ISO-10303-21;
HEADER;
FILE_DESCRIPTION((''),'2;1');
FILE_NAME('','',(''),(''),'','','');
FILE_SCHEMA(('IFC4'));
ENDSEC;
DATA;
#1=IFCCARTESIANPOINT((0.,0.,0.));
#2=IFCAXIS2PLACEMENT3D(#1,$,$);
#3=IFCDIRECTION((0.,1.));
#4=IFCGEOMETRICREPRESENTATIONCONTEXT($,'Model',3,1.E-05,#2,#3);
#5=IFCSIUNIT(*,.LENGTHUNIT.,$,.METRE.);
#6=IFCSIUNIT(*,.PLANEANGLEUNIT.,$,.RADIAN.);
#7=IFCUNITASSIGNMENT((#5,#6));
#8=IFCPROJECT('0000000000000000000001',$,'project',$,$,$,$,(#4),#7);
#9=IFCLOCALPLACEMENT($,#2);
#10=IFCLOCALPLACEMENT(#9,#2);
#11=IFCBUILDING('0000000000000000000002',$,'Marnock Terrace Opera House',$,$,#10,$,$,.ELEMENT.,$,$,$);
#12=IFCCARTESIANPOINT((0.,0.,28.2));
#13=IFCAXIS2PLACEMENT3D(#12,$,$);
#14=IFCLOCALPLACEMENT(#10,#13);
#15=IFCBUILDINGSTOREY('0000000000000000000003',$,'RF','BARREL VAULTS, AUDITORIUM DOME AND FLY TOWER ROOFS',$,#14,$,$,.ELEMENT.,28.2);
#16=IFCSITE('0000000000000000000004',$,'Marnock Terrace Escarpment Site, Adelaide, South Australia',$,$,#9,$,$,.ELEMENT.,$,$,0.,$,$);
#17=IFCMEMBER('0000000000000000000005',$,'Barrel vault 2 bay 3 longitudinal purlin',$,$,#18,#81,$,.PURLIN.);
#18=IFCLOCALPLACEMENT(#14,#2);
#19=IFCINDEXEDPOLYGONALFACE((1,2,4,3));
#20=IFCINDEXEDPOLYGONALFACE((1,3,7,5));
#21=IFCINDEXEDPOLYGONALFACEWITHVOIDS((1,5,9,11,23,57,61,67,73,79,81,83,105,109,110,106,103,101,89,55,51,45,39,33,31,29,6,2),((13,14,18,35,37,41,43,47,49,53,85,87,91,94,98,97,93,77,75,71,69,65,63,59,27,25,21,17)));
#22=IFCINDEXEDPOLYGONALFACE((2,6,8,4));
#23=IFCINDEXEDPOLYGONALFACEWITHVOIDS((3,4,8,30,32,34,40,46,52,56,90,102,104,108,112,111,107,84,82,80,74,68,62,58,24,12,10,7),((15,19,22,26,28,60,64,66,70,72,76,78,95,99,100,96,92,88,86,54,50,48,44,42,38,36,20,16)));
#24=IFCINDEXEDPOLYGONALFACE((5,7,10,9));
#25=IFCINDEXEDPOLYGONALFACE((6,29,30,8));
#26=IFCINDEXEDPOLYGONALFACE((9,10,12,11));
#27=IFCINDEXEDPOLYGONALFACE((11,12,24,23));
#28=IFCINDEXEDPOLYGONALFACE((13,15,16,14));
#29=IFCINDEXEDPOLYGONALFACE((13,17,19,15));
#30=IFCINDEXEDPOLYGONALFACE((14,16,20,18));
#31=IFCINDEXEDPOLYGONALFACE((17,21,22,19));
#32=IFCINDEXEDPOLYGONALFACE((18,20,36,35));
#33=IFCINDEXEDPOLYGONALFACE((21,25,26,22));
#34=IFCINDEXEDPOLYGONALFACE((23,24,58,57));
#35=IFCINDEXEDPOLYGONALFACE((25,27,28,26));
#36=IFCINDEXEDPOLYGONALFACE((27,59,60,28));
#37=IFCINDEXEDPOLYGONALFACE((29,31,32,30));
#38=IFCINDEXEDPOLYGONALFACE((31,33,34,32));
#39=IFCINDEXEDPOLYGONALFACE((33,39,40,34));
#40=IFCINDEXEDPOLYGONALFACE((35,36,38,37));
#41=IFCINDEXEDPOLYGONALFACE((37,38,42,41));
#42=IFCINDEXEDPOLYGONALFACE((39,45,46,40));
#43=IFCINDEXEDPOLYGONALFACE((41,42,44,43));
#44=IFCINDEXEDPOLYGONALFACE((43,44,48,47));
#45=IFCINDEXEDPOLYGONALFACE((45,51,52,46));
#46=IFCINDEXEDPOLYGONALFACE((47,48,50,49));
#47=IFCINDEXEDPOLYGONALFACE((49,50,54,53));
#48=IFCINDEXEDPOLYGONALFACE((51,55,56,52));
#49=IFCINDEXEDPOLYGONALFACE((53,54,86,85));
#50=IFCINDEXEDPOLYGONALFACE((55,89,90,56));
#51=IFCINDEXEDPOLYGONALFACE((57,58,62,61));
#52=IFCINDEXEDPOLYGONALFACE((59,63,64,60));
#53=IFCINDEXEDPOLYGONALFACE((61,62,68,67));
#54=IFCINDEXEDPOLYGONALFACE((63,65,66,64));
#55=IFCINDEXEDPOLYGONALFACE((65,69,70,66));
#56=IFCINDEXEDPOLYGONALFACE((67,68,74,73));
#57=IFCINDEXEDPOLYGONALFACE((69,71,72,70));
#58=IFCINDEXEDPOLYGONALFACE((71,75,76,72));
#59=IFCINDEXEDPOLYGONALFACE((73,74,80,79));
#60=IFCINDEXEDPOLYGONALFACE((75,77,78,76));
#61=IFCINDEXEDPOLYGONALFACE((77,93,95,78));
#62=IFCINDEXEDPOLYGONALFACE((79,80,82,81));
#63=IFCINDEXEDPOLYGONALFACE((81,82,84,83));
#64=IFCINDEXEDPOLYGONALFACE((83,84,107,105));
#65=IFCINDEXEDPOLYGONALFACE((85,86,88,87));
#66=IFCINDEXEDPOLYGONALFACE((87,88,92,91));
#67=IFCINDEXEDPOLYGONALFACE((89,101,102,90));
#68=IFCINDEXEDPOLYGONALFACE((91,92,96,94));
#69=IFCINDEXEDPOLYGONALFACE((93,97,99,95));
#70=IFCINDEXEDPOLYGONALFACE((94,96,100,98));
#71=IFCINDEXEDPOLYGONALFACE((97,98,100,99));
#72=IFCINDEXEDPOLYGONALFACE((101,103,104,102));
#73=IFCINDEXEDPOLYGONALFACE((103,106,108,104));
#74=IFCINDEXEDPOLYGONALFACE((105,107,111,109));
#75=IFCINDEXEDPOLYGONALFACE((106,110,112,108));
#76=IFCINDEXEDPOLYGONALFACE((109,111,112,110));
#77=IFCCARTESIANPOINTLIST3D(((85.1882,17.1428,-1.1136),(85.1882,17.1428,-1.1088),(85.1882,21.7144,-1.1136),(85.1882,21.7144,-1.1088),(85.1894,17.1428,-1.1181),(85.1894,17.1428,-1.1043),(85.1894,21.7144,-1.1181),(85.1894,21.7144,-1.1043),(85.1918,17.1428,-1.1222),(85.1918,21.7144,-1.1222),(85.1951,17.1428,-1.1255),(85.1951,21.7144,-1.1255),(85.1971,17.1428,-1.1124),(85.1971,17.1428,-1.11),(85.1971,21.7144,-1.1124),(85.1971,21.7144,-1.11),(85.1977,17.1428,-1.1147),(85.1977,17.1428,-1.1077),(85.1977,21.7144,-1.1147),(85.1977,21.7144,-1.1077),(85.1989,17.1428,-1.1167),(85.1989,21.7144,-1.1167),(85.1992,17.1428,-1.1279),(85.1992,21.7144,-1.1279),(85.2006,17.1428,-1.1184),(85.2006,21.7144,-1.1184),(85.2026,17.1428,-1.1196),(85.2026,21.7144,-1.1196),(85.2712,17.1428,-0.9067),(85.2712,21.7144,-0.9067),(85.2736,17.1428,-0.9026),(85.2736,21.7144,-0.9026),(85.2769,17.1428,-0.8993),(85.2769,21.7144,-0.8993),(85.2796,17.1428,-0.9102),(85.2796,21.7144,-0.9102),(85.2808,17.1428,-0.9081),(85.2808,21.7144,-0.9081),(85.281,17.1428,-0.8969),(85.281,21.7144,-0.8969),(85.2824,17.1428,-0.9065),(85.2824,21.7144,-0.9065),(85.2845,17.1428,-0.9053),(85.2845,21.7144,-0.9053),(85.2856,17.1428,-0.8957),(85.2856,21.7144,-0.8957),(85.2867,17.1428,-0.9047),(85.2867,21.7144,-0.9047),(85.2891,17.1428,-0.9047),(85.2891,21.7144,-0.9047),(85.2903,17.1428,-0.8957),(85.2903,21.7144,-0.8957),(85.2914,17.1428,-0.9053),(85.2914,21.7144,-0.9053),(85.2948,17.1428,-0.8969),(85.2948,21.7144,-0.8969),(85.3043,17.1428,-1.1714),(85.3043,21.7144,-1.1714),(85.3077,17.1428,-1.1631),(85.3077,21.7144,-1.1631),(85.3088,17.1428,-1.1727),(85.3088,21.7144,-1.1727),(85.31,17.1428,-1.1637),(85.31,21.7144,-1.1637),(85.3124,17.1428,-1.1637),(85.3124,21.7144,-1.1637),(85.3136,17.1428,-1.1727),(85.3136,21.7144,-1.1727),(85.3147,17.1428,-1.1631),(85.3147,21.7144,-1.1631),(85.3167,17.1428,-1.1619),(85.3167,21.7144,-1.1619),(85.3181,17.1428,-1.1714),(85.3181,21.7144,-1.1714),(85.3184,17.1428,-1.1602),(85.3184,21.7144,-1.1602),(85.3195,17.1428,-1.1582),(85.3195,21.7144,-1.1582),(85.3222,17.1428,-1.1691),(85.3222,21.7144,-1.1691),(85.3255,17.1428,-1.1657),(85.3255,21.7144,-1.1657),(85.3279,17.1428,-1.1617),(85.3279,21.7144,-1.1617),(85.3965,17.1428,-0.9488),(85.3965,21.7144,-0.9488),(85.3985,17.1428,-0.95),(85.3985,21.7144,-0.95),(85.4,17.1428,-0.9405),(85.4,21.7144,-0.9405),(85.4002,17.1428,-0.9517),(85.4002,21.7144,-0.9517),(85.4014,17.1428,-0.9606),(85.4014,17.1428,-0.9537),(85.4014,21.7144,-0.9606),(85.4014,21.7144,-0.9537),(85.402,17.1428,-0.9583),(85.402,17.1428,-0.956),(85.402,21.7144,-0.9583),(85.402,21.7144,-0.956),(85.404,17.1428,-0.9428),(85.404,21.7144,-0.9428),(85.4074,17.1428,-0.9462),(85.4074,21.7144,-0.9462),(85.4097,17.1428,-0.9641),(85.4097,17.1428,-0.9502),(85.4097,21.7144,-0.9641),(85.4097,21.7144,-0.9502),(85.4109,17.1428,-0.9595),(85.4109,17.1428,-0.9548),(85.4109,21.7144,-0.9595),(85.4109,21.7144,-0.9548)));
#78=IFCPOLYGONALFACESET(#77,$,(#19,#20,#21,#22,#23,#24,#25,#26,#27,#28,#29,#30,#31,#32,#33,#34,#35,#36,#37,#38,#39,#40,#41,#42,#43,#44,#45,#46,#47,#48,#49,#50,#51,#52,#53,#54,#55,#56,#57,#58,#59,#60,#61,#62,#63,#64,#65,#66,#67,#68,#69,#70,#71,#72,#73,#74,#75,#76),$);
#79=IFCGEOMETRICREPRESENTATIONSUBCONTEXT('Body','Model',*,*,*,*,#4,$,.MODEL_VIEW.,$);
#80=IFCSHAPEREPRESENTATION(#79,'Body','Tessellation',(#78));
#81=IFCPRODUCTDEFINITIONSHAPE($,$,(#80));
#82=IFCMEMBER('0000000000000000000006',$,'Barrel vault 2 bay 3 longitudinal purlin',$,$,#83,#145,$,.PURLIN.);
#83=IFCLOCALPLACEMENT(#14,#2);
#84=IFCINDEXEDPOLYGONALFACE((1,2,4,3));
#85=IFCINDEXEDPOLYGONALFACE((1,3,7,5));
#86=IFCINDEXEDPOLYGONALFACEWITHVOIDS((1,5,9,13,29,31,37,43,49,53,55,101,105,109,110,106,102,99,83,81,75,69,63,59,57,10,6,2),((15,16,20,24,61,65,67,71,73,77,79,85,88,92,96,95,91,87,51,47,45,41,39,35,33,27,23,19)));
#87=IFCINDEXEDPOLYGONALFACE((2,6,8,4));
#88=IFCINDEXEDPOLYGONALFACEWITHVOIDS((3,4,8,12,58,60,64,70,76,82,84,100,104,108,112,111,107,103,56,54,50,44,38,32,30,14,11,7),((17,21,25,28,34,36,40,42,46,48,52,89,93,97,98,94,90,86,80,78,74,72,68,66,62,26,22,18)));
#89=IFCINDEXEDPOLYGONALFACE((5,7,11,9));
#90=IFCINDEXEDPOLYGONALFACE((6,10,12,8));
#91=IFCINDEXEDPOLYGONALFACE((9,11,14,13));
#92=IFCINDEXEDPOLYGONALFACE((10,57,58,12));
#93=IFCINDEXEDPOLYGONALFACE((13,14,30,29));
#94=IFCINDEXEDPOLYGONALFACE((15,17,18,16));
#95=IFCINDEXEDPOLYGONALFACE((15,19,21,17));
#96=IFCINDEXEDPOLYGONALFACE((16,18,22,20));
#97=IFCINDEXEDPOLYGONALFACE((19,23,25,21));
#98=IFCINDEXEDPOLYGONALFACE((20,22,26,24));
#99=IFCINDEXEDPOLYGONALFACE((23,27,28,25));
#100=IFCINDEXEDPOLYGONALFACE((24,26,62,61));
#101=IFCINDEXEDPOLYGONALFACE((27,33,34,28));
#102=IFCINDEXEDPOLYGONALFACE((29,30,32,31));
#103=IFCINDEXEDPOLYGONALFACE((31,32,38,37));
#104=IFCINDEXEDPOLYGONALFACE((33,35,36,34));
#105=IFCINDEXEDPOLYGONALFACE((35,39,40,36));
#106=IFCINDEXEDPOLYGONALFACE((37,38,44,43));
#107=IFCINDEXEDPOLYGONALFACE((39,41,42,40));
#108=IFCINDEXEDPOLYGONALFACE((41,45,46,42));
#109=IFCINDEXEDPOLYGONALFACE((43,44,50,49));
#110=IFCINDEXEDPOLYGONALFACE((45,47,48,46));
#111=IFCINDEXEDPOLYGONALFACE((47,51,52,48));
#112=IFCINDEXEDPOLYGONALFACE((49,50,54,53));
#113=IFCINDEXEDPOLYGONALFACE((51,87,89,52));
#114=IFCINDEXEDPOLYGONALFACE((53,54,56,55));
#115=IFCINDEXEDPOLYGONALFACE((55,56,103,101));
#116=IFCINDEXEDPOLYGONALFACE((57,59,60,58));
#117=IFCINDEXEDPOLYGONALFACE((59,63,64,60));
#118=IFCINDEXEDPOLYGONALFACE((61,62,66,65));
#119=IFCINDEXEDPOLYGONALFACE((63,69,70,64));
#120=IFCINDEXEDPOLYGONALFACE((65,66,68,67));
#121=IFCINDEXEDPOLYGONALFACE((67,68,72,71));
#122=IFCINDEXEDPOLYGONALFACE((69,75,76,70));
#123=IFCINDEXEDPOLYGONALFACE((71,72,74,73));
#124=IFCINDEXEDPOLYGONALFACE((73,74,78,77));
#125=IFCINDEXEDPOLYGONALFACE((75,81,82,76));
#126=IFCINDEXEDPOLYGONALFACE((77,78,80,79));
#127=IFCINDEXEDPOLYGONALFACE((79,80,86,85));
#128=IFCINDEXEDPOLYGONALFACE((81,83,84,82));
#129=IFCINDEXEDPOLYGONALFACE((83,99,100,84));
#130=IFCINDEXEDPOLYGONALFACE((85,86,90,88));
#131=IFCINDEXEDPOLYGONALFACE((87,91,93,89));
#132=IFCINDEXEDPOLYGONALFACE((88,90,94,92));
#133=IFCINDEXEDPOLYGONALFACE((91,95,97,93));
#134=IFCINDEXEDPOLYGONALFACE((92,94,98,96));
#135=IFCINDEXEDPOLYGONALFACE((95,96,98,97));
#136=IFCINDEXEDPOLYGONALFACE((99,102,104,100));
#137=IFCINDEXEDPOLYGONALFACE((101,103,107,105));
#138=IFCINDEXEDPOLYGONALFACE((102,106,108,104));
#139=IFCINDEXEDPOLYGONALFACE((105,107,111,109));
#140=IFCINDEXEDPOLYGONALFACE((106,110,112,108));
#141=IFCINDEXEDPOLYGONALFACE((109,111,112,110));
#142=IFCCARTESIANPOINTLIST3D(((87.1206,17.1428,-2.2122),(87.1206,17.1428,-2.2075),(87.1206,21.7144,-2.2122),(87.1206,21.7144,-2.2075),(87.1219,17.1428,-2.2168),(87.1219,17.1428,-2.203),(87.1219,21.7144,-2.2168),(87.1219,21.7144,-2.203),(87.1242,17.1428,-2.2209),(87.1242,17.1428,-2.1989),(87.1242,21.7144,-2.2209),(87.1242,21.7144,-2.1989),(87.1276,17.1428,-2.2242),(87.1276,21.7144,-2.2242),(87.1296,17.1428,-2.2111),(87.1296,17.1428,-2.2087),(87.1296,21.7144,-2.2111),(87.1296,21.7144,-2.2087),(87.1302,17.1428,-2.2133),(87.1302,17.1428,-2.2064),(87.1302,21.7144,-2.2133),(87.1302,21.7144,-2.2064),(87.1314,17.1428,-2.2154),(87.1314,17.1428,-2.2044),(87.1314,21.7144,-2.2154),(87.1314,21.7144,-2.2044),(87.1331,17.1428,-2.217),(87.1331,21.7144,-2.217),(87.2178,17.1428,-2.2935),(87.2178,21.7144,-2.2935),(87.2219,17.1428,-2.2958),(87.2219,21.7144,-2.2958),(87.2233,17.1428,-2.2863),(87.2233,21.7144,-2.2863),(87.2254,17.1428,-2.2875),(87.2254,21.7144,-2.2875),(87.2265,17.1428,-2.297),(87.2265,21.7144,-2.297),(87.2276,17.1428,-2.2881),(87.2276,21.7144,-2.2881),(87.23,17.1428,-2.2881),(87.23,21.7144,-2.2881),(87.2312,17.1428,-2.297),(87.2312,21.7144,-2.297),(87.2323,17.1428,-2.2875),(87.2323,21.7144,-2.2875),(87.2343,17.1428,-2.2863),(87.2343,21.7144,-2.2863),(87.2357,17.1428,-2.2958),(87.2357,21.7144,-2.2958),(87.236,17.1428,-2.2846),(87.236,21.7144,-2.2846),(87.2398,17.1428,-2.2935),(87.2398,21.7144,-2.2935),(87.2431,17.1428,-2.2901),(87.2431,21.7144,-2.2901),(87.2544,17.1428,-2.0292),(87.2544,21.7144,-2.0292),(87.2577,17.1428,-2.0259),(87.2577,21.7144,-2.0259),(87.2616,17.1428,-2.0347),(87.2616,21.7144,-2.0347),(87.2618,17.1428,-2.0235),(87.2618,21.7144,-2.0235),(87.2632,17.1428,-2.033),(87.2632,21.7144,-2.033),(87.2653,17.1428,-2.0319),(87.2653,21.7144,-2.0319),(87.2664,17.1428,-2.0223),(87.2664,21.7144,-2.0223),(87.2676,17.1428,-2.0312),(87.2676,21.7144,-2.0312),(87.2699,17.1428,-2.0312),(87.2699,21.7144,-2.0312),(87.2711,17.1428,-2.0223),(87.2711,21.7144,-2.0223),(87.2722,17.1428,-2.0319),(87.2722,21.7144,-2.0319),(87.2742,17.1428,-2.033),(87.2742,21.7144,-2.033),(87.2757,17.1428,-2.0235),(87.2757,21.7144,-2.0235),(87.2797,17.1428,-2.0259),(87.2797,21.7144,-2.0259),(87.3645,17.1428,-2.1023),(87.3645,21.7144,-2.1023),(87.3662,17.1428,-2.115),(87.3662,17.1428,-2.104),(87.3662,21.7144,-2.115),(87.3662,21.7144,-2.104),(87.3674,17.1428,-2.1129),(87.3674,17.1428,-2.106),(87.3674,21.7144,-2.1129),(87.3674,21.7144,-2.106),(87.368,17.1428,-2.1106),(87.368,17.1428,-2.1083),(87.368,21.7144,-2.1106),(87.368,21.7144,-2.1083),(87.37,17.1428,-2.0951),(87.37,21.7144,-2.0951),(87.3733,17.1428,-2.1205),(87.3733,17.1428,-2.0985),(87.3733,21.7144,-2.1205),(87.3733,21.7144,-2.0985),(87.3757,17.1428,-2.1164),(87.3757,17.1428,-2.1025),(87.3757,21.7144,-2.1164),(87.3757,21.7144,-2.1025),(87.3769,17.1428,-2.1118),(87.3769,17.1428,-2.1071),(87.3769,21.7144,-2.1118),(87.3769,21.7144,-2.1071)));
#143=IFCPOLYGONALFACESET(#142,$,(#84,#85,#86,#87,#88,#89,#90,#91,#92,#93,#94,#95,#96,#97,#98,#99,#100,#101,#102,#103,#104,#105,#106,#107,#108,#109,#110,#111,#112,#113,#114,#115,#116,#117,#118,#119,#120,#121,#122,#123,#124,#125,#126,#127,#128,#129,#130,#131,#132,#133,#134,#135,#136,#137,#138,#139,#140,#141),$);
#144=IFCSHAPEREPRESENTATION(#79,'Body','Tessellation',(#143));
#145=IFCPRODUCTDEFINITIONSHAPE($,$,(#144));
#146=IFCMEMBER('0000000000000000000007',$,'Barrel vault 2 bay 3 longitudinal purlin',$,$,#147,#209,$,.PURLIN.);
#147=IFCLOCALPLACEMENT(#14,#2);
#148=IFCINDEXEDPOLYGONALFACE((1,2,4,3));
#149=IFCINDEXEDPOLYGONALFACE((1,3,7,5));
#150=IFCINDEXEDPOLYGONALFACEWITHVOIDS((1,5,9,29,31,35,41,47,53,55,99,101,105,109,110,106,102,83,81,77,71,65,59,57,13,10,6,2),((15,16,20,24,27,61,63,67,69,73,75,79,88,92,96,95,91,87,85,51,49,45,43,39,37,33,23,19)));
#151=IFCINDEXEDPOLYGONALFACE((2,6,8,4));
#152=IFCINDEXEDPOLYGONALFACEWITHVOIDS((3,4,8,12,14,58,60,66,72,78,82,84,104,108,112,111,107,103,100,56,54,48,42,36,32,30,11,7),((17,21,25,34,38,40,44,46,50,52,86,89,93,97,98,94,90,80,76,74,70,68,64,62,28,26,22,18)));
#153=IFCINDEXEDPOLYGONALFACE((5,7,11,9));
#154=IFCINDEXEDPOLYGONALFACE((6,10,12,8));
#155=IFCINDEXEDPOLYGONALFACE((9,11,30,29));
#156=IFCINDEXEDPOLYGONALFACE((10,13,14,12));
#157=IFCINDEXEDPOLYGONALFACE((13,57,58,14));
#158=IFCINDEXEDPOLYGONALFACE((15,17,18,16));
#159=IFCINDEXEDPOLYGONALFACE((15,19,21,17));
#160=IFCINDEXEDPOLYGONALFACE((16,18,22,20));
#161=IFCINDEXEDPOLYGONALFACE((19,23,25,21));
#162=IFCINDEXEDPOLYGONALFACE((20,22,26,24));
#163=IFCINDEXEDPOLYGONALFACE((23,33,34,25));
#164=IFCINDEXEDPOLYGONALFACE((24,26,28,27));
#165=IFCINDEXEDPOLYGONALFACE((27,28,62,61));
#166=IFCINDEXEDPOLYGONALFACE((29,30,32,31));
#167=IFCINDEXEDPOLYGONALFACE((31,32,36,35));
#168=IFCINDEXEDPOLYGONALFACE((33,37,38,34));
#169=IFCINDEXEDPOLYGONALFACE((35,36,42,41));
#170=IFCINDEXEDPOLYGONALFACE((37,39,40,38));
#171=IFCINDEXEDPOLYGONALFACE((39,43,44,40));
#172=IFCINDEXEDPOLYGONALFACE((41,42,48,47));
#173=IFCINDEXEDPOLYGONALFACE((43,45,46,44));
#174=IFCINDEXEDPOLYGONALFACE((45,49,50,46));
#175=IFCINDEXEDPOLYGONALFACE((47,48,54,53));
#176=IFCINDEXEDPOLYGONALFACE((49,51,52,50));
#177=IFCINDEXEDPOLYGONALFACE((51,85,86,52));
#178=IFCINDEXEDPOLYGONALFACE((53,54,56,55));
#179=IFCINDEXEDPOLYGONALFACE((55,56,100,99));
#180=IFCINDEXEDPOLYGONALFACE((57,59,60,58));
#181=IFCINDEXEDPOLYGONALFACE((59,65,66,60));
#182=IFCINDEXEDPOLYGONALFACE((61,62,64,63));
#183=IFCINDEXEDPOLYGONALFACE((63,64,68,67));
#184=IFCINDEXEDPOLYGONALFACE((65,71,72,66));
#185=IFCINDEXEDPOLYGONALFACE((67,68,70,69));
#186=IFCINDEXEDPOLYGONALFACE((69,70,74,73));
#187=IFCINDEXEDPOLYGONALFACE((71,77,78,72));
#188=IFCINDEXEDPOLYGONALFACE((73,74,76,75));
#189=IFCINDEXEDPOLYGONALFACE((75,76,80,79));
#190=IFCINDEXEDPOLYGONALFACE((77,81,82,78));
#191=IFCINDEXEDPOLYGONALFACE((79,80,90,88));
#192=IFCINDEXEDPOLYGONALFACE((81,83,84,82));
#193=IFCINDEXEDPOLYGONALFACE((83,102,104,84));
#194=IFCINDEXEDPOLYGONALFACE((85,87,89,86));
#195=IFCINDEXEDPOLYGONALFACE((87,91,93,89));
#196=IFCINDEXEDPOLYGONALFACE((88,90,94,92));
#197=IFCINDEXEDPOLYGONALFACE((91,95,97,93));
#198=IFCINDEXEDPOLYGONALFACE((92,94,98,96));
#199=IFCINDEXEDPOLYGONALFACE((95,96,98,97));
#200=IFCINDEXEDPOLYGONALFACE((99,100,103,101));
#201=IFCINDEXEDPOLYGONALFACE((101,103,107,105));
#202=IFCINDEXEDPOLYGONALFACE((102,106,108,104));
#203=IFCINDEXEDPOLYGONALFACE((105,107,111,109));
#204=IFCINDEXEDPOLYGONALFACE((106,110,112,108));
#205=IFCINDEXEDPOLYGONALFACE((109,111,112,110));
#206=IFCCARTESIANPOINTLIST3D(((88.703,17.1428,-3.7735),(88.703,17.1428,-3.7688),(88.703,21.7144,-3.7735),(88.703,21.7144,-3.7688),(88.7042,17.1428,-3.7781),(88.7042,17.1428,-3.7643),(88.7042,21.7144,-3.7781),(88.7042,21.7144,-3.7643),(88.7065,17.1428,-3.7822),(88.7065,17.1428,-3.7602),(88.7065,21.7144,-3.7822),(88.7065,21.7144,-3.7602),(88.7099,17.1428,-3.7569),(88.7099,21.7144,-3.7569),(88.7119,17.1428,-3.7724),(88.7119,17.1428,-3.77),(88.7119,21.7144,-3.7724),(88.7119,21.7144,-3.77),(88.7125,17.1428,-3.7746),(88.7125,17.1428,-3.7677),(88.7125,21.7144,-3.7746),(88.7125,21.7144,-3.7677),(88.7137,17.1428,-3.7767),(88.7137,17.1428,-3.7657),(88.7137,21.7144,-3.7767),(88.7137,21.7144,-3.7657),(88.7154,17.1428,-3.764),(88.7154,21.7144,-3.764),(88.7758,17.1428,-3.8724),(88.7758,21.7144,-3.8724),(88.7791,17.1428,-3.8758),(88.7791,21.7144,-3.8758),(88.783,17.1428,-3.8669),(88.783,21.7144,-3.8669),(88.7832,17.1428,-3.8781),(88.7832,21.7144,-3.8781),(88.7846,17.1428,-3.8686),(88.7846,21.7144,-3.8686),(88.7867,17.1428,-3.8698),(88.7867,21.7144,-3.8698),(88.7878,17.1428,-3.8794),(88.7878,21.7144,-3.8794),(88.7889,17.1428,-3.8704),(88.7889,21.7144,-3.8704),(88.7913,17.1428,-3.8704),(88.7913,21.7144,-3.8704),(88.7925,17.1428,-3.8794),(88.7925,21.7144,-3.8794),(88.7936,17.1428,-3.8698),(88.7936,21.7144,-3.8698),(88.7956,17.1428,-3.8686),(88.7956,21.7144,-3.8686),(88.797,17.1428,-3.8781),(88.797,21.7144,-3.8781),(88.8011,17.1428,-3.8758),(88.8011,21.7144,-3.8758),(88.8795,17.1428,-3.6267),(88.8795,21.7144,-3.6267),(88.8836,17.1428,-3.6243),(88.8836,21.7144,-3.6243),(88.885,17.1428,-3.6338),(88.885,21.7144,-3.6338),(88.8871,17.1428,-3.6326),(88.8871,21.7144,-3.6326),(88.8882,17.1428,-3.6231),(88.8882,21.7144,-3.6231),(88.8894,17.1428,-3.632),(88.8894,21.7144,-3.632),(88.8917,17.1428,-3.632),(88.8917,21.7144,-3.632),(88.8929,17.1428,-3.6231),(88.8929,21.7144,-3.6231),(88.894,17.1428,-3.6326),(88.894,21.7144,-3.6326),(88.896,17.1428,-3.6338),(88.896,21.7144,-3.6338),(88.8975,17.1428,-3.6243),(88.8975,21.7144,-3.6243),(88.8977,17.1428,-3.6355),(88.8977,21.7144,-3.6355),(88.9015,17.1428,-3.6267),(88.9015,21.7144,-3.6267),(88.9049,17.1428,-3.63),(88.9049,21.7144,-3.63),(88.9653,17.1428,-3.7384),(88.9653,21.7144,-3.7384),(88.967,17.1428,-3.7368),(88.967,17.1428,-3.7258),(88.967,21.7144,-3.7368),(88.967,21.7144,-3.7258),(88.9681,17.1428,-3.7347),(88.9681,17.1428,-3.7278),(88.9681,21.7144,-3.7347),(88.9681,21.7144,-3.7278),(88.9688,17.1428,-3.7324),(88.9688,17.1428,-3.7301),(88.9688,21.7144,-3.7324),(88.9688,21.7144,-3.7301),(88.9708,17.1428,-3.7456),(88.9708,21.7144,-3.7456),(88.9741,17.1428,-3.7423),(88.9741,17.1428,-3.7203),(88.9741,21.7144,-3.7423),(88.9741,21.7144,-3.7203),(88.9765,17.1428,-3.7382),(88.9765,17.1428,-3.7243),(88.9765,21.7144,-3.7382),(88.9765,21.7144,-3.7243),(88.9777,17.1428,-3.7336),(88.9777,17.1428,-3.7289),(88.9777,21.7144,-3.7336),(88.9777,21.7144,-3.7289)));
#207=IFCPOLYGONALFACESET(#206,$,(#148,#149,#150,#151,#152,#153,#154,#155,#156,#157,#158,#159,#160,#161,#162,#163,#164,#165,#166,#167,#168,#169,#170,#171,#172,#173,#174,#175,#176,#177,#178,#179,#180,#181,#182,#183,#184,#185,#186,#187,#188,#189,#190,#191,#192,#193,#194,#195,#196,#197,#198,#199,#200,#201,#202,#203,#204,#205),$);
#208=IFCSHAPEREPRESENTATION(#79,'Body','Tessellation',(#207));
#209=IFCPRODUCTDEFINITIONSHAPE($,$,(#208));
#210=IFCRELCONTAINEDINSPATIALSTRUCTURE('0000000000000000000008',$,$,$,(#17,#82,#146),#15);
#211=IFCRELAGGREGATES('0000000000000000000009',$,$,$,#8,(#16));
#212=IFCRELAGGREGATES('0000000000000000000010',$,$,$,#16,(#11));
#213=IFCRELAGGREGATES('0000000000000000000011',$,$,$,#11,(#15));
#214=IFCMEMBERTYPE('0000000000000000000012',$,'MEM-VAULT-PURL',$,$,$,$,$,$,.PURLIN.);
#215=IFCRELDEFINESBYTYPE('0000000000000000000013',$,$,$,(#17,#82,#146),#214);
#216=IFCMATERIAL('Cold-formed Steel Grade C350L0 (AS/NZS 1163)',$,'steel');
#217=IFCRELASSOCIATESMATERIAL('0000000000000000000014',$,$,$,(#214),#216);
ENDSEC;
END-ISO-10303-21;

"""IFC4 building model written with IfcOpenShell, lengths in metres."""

from ifc_helpers import new_model, si_unit, direction, frame, origin, origin_2d, place, context, subcontext, project, spatial, hollow_rectangle, extrude, material, material_profile, profile_set, type_object, element, save


model = new_model("IFC4")

# Units and contexts
model_context = context("Model", 3, precision=1e-05, world=origin(), true_north=direction((0.0, 1.0)))
body_context = subcontext(model_context, "Body", "Model", "MODEL_VIEW")
ifc_project = project(units=[si_unit("LENGTHUNIT", "METRE"), si_unit("PLANEANGLEUNIT", "RADIAN")], contexts=[model_context])

# Site, building, storey
site_placement = place(None, origin())
site = spatial("IfcSite", under=ifc_project, at=site_placement, Name="Marnock Terrace Escarpment Site, Adelaide, South Australia", CompositionType="ELEMENT", RefElevation=0.0)
building_placement = place(site_placement, origin())
building = spatial("IfcBuilding", under=site, at=building_placement, Name="Marnock Terrace Opera House", CompositionType="ELEMENT")
storey_placement = place(building_placement, frame((0.0, 0.0, 28.2)))
storey = spatial("IfcBuildingStorey", under=building, at=storey_placement, Name="RF", Description="BARREL VAULTS, AUDITORIUM DOME AND FLY TOWER ROOFS", CompositionType="ELEMENT", Elevation=28.2)

# Members
ifc_material = material(Name="Cold-formed Steel Grade C350L0 (AS/NZS 1163)", Category="steel")
ifc_material_profile_1 = material_profile(ifc_material, hollow_rectangle(XDim=0.1499, YDim=0.25, WallThickness=0.009, InnerFilletRadius=0.009, OuterFilletRadius=0.0181, at=origin_2d()))
ifc_profile_set_1 = profile_set([ifc_material_profile_1], Name="Cold-formed Steel Grade C350L0 (AS/NZS 1163)")
member_type_1 = type_object("IfcMemberType", Name="MEM-VAULT-PURL", PredefinedType="PURLIN", material=ifc_profile_set_1)
for number, where, z_axis, x_axis, name in (
    (1, (85.2996, 17.1428, -1.0342), (0.0, 1.0, 0.0), (-0.92388, 0.0, 0.382683), "Barrel vault 2 bay 3 longitudinal purlin"),
    (2, (87.2488, 17.1428, -2.1597), (0.0, 1.0, 0.0), (-0.793353, 0.0, 0.608761), "Barrel vault 2 bay 3 longitudinal purlin"),
    (3, (88.8403, 17.1428, -3.7512), (0.0, 1.0, 0.0), (-0.608761, 0.0, 0.793353), "Barrel vault 2 bay 3 longitudinal purlin"),
):
    element("IfcMember", number, at=place(storey_placement, frame(where, z_axis=z_axis, x_axis=x_axis)), inside=storey, type_object=member_type_1, Name=name, PredefinedType="PURLIN", context=body_context, shape_type="SweptSolid", body=[
        extrude(hollow_rectangle(XDim=0.1499, YDim=0.25, WallThickness=0.009, InnerFilletRadius=0.009, OuterFilletRadius=0.0181, at=origin_2d()), origin(), (0.0, 0.0, 1.0), 4.5715),
    ])

save(model, "model.ifc")
